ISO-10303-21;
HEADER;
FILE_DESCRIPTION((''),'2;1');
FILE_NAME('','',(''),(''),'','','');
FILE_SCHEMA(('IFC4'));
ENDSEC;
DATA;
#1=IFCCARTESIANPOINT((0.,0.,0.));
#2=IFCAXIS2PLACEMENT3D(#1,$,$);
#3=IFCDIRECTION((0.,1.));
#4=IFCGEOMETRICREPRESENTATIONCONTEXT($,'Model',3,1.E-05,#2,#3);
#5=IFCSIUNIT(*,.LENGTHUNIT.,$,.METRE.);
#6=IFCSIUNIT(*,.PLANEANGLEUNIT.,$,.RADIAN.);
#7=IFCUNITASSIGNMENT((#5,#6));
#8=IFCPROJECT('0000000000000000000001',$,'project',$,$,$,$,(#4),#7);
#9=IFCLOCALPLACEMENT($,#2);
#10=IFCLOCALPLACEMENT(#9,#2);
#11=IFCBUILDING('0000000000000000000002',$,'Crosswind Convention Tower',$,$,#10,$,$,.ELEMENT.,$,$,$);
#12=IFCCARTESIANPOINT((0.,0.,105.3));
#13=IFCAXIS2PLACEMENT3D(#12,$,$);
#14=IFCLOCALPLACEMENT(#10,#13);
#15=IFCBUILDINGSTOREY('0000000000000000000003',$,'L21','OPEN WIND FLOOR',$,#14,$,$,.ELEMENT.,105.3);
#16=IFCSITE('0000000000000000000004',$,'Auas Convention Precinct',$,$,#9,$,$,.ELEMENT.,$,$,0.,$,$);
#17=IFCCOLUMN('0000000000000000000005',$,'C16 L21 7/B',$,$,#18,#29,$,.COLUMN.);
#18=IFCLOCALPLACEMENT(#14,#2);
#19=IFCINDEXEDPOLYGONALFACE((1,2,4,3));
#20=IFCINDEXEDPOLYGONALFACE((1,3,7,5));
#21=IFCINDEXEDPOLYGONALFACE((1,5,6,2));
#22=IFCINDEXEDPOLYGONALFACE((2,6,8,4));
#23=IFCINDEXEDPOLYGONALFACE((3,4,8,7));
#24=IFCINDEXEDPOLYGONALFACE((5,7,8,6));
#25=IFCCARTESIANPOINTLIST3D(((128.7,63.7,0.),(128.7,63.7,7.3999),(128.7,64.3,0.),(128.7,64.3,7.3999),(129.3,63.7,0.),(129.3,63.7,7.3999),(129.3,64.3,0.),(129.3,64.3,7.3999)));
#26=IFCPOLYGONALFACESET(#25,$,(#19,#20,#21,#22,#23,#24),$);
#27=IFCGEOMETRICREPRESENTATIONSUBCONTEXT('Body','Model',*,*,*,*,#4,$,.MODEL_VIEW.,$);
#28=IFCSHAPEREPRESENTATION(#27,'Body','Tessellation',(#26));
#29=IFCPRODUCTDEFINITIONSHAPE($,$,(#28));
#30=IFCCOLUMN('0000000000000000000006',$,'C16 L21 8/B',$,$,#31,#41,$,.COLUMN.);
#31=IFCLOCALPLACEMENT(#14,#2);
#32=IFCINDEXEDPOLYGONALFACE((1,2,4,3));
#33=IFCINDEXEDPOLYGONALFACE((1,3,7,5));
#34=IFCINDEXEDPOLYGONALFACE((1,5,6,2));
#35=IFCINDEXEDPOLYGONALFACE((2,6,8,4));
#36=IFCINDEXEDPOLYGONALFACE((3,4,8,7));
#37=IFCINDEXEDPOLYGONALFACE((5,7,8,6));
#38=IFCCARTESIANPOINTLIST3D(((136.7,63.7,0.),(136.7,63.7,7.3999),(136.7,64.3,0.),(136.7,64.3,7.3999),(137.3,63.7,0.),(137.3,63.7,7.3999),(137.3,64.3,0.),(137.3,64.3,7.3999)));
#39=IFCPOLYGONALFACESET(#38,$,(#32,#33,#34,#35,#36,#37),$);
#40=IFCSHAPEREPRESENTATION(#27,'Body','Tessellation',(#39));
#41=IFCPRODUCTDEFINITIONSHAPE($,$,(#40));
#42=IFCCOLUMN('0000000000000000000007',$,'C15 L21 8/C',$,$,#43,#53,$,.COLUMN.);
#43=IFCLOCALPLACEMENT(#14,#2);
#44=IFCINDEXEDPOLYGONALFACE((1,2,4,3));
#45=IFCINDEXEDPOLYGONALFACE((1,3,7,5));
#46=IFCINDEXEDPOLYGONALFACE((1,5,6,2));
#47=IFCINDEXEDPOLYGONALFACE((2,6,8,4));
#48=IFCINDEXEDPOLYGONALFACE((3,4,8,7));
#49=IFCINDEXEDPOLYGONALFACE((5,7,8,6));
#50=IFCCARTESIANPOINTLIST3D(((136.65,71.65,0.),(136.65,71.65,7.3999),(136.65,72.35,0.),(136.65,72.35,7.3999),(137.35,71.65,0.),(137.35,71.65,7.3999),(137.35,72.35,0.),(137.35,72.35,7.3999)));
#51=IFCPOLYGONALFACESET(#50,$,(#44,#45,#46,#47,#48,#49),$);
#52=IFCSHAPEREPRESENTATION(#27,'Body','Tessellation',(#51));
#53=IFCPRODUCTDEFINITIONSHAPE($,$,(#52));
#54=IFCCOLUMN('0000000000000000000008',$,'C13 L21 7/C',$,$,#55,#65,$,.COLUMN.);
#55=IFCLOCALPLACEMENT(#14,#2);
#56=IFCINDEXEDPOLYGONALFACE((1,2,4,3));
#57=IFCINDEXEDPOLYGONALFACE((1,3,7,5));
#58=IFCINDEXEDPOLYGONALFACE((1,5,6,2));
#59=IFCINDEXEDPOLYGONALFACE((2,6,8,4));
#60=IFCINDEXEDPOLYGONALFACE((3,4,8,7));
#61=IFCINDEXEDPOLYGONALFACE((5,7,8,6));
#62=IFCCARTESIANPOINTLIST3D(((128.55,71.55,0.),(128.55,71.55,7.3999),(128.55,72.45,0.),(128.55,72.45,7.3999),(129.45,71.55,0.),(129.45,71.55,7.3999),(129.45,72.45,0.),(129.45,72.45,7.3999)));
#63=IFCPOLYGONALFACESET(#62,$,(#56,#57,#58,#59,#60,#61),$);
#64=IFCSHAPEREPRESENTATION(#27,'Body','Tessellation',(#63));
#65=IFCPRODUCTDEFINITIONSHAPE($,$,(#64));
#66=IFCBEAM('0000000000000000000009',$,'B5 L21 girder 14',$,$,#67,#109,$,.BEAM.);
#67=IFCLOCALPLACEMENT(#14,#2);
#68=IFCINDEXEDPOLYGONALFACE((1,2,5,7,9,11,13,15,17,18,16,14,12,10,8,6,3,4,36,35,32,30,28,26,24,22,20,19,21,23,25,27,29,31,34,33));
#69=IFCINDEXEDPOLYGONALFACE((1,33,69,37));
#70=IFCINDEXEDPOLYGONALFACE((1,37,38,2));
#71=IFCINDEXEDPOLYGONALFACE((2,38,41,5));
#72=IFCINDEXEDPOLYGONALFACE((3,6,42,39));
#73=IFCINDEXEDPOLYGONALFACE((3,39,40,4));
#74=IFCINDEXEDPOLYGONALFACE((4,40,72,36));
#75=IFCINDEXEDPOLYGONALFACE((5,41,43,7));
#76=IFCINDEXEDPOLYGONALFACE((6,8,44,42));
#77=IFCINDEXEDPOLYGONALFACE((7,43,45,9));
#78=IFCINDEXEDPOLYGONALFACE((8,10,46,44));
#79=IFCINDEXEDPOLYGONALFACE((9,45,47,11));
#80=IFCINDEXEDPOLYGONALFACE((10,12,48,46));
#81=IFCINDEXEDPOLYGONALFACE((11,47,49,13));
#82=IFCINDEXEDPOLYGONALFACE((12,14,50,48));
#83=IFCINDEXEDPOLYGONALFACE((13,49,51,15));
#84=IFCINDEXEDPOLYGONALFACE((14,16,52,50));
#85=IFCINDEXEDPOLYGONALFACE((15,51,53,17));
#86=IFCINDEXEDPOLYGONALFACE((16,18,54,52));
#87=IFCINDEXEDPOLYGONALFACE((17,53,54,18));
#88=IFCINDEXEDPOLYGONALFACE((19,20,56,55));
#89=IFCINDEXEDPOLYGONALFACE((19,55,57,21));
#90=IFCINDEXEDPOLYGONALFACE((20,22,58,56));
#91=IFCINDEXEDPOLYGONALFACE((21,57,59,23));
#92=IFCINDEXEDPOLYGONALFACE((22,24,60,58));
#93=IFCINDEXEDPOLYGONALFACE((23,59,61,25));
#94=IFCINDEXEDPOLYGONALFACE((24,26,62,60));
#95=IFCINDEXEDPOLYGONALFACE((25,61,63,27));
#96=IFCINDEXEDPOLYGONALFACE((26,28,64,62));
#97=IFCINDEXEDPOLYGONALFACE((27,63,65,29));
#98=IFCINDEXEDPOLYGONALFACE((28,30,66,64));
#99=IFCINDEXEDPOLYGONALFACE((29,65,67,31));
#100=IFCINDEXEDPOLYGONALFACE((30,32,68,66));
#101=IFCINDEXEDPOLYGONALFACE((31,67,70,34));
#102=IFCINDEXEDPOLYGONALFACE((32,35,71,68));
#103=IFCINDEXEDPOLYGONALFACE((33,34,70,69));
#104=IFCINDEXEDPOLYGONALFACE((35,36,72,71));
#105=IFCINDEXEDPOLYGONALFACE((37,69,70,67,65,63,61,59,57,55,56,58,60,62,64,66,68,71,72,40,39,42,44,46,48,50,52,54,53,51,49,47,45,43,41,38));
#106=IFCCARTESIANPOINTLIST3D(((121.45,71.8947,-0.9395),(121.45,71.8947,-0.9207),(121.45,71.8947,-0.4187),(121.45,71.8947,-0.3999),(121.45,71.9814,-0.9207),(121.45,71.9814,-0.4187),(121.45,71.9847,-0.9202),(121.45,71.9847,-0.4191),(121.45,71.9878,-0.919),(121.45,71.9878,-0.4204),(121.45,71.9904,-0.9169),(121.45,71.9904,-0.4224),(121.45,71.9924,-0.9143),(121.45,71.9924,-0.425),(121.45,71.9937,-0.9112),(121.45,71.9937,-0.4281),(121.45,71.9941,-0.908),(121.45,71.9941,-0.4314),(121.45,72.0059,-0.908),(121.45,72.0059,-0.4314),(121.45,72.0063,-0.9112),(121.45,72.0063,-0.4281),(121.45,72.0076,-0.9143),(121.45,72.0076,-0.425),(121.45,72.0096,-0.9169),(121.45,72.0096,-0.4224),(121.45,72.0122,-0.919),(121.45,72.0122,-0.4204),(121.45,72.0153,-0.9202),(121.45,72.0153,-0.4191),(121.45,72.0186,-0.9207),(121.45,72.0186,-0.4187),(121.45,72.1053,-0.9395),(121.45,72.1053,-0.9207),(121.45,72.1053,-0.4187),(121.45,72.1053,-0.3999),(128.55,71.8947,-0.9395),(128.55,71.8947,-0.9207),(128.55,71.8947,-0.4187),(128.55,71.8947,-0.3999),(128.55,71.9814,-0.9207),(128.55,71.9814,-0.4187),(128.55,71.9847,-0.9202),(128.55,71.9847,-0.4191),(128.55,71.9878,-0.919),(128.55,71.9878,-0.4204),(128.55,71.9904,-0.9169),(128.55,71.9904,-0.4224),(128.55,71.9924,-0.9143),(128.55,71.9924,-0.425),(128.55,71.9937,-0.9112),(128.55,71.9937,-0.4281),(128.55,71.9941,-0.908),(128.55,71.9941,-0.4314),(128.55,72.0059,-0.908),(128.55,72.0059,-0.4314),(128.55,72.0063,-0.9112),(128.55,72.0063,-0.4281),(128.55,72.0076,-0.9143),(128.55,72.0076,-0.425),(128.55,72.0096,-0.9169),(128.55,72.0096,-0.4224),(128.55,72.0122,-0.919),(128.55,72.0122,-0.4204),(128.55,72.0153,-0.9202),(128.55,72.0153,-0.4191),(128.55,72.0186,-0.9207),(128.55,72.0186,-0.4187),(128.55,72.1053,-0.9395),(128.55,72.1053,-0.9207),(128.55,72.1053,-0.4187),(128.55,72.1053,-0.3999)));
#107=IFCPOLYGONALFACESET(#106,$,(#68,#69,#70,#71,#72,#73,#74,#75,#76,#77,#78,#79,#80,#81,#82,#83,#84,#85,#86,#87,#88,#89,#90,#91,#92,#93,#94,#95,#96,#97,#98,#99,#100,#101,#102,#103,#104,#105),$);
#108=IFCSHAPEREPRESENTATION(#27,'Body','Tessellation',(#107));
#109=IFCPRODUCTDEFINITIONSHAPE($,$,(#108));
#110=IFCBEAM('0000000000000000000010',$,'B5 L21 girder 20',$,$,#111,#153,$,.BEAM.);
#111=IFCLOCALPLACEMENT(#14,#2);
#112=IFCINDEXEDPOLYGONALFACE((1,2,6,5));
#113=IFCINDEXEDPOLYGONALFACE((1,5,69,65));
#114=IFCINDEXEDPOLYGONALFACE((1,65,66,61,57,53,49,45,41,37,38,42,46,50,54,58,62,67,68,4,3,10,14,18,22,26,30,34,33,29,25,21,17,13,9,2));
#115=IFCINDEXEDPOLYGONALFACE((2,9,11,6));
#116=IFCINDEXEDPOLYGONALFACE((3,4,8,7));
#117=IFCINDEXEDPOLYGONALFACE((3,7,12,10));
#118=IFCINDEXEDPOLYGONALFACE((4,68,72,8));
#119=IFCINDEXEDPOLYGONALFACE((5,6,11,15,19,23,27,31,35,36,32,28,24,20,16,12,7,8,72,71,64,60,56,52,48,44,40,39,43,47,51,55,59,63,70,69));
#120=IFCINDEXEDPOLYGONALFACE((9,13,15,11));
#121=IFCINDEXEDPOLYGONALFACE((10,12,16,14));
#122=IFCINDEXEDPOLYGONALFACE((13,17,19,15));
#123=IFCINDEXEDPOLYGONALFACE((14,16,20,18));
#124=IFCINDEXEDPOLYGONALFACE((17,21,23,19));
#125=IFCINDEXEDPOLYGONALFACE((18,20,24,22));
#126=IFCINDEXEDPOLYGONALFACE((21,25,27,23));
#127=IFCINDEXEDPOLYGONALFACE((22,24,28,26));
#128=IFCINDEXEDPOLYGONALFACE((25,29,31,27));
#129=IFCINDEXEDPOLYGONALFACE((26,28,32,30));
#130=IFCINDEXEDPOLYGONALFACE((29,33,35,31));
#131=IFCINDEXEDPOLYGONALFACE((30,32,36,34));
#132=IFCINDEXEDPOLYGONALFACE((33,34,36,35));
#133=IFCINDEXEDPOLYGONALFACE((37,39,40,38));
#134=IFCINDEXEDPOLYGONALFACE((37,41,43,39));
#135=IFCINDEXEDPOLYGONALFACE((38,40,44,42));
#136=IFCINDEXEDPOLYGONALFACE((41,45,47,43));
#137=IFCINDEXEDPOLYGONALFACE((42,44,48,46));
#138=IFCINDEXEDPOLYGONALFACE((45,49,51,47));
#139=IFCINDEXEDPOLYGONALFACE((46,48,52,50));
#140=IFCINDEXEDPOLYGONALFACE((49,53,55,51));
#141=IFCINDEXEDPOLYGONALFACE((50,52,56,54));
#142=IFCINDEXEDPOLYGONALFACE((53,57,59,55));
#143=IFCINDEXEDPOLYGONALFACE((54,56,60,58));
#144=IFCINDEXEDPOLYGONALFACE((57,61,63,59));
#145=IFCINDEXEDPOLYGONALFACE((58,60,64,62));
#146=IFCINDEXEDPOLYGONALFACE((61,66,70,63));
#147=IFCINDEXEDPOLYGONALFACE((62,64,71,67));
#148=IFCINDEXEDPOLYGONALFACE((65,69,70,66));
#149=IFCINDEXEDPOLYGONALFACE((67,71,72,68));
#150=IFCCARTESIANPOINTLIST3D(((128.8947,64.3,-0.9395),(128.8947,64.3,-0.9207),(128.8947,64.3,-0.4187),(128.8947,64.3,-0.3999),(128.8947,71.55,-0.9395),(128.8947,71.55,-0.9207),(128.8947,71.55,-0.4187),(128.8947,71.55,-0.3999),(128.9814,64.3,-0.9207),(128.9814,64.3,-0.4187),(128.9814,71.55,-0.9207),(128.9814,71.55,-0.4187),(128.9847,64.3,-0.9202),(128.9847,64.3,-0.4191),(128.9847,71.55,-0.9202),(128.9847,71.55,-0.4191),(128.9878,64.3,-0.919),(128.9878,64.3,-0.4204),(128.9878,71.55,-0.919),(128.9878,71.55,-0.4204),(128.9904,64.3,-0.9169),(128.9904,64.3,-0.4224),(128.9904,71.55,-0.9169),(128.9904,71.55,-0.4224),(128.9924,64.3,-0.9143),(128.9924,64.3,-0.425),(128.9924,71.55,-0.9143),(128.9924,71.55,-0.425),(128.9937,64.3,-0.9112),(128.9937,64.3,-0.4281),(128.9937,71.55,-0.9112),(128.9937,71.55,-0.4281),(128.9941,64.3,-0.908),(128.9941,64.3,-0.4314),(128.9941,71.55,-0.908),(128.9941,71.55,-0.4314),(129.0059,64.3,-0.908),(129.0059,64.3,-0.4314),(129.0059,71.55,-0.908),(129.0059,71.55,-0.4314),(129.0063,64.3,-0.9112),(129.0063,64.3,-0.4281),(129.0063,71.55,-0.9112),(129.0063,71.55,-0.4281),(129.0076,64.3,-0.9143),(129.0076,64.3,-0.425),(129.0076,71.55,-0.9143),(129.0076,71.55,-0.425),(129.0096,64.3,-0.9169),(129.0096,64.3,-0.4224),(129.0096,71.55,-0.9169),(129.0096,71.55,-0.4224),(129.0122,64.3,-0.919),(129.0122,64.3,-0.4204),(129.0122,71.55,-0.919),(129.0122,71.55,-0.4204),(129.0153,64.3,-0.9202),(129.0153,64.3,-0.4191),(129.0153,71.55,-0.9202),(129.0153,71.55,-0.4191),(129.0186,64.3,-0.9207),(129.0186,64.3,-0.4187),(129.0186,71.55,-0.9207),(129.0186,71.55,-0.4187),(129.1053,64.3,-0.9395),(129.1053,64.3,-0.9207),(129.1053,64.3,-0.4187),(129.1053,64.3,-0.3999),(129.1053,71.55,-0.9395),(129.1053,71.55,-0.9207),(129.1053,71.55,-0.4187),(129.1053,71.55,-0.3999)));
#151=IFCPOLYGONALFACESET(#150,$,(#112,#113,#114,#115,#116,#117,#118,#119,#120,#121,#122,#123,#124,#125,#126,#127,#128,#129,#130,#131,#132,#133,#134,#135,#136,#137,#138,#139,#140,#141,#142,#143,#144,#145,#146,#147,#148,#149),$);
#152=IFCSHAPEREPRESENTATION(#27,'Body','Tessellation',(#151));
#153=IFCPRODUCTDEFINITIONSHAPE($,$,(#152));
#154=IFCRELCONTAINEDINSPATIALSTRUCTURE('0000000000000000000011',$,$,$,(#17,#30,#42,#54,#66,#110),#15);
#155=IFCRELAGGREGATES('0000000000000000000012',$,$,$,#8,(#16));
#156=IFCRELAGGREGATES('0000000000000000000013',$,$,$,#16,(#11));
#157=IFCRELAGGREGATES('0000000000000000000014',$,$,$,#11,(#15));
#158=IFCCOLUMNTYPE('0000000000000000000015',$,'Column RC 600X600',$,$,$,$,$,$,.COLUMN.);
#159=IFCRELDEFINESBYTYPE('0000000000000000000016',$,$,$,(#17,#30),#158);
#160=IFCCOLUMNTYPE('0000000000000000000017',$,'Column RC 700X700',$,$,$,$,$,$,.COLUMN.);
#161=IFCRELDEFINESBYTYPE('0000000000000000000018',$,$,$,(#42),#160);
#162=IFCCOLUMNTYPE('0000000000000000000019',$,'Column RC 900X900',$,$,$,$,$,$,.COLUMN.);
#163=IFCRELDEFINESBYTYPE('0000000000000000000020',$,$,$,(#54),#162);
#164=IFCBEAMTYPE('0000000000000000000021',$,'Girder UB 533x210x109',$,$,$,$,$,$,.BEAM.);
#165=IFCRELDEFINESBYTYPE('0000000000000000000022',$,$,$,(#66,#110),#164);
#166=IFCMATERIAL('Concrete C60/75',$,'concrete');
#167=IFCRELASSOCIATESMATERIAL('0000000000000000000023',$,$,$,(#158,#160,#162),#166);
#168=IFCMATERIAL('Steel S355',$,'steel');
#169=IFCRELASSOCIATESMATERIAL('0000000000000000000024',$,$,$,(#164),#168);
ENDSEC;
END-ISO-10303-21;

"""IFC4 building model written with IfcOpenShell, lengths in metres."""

from ifc_helpers import new_model, si_unit, direction, frame, origin, origin_2d, place, context, subcontext, project, spatial, rectangle, i_section, extrude, material, material_profile, profile_set, type_object, element, save


model = new_model("IFC4")

# Units and contexts
model_context = context("Model", 3, precision=1e-05, world=origin(), true_north=direction((0.0, 1.0)))
body_context = subcontext(model_context, "Body", "Model", "MODEL_VIEW")
ifc_project = project(units=[si_unit("LENGTHUNIT", "METRE"), si_unit("PLANEANGLEUNIT", "RADIAN")], contexts=[model_context])

# Site, building, storey
site_placement = place(None, origin())
site = spatial("IfcSite", under=ifc_project, at=site_placement, Name="Auas Convention Precinct", CompositionType="ELEMENT", RefElevation=0.0)
building_placement = place(site_placement, origin())
building = spatial("IfcBuilding", under=site, at=building_placement, Name="Crosswind Convention Tower", CompositionType="ELEMENT")
storey_placement = place(building_placement, frame((0.0, 0.0, 105.3)))
storey = spatial("IfcBuildingStorey", under=building, at=storey_placement, Name="L21", Description="OPEN WIND FLOOR", CompositionType="ELEMENT", Elevation=105.3)

# Columns
ifc_material_1 = material(Name="Concrete C60/75", Category="concrete")
ifc_material_profile_1 = material_profile(ifc_material_1, rectangle(XDim=0.6001, YDim=0.6001, at=origin_2d()), Name="RC 600X600")
ifc_profile_set_1 = profile_set([ifc_material_profile_1], Name="Concrete C60/75")
column_type_1 = type_object("IfcColumnType", Name="Column RC 600X600", PredefinedType="COLUMN", material=ifc_profile_set_1)
for number, where, z_axis, x_axis, name in (
    (1, (129.0, 64.0, 0.0), (0.0, 0.0, 1.0), (1.0, 0.0, 0.0), "C16 L21 7/B"),
    (2, (137.0, 64.0, 0.0), (0.0, 0.0, 1.0), (1.0, 0.0, 0.0), "C16 L21 8/B"),
):
    element("IfcColumn", number, at=place(storey_placement, frame(where, z_axis=z_axis, x_axis=x_axis)), inside=storey, type_object=column_type_1, Name=name, PredefinedType="COLUMN", context=body_context, shape_type="SweptSolid", body=[
        extrude(rectangle(XDim=0.6001, YDim=0.6001, at=origin_2d()), origin(), (0.0, 0.0, 1.0), 7.3999),
    ])
ifc_material_profile_2 = material_profile(ifc_material_1, rectangle(XDim=0.7, YDim=0.7, at=origin_2d()), Name="RC 700X700")
ifc_profile_set_2 = profile_set([ifc_material_profile_2], Name="Concrete C60/75")
column_type_2 = type_object("IfcColumnType", Name="Column RC 700X700", PredefinedType="COLUMN", material=ifc_profile_set_2)
column_1_placement = place(storey_placement, frame((137.0, 72.0, 0.0), z_axis=(0.0, 0.0, 1.0), x_axis=(1.0, 0.0, 0.0)))
element("IfcColumn", 3, at=column_1_placement, inside=storey, type_object=column_type_2, Name="C15 L21 8/C", PredefinedType="COLUMN", context=body_context, shape_type="SweptSolid", body=[
    extrude(rectangle(XDim=0.7, YDim=0.7, at=origin_2d()), origin(), (0.0, 0.0, 1.0), 7.3999),
])
ifc_material_profile_3 = material_profile(ifc_material_1, rectangle(XDim=0.8999, YDim=0.8999, at=origin_2d()), Name="RC 900X900")
ifc_profile_set_3 = profile_set([ifc_material_profile_3], Name="Concrete C60/75")
column_type_3 = type_object("IfcColumnType", Name="Column RC 900X900", PredefinedType="COLUMN", material=ifc_profile_set_3)
column_2_placement = place(storey_placement, frame((129.0, 72.0, 0.0), z_axis=(0.0, 0.0, 1.0), x_axis=(1.0, 0.0, 0.0)))
element("IfcColumn", 4, at=column_2_placement, inside=storey, type_object=column_type_3, Name="C13 L21 7/C", PredefinedType="COLUMN", context=body_context, shape_type="SweptSolid", body=[
    extrude(rectangle(XDim=0.8999, YDim=0.8999, at=origin_2d()), origin(), (0.0, 0.0, 1.0), 7.3999),
])

# Beams
ifc_material_2 = material(Name="Steel S355", Category="steel")
ifc_material_profile_4 = material_profile(ifc_material_2, i_section(OverallWidth=0.2107, OverallDepth=0.5396, WebThickness=0.0117, FlangeThickness=0.0188, FilletRadius=0.0127, at=origin_2d()), Name="UB 533x210x109")
ifc_profile_set_4 = profile_set([ifc_material_profile_4], Name="Steel S355")
beam_type_1 = type_object("IfcBeamType", Name="Girder UB 533x210x109", PredefinedType="BEAM", material=ifc_profile_set_4)
beam_1_placement = place(storey_placement, frame((121.45, 72.0, -0.6697), z_axis=(1.0, 0.0, 0.0), x_axis=(0.0, 1.0, 0.0)))
element("IfcBeam", 5, at=beam_1_placement, inside=storey, type_object=beam_type_1, Name="B5 L21 girder 14", PredefinedType="BEAM", context=body_context, shape_type="SweptSolid", body=[
    extrude(i_section(OverallWidth=0.2107, OverallDepth=0.5396, WebThickness=0.0117, FlangeThickness=0.0188, FilletRadius=0.0127, at=origin_2d()), origin(), (0.0, 0.0, 1.0), 7.1001),
])
beam_2_placement = place(storey_placement, frame((129.0, 64.3, -0.6697), z_axis=(0.0, 1.0, 0.0), x_axis=(-1.0, 0.0, 0.0)))
element("IfcBeam", 6, at=beam_2_placement, inside=storey, type_object=beam_type_1, Name="B5 L21 girder 20", PredefinedType="BEAM", context=body_context, shape_type="SweptSolid", body=[
    extrude(i_section(OverallWidth=0.2107, OverallDepth=0.5396, WebThickness=0.0117, FlangeThickness=0.0188, FilletRadius=0.0127, at=origin_2d()), origin(), (0.0, 0.0, 1.0), 7.25),
])

save(model, "model.ifc")
